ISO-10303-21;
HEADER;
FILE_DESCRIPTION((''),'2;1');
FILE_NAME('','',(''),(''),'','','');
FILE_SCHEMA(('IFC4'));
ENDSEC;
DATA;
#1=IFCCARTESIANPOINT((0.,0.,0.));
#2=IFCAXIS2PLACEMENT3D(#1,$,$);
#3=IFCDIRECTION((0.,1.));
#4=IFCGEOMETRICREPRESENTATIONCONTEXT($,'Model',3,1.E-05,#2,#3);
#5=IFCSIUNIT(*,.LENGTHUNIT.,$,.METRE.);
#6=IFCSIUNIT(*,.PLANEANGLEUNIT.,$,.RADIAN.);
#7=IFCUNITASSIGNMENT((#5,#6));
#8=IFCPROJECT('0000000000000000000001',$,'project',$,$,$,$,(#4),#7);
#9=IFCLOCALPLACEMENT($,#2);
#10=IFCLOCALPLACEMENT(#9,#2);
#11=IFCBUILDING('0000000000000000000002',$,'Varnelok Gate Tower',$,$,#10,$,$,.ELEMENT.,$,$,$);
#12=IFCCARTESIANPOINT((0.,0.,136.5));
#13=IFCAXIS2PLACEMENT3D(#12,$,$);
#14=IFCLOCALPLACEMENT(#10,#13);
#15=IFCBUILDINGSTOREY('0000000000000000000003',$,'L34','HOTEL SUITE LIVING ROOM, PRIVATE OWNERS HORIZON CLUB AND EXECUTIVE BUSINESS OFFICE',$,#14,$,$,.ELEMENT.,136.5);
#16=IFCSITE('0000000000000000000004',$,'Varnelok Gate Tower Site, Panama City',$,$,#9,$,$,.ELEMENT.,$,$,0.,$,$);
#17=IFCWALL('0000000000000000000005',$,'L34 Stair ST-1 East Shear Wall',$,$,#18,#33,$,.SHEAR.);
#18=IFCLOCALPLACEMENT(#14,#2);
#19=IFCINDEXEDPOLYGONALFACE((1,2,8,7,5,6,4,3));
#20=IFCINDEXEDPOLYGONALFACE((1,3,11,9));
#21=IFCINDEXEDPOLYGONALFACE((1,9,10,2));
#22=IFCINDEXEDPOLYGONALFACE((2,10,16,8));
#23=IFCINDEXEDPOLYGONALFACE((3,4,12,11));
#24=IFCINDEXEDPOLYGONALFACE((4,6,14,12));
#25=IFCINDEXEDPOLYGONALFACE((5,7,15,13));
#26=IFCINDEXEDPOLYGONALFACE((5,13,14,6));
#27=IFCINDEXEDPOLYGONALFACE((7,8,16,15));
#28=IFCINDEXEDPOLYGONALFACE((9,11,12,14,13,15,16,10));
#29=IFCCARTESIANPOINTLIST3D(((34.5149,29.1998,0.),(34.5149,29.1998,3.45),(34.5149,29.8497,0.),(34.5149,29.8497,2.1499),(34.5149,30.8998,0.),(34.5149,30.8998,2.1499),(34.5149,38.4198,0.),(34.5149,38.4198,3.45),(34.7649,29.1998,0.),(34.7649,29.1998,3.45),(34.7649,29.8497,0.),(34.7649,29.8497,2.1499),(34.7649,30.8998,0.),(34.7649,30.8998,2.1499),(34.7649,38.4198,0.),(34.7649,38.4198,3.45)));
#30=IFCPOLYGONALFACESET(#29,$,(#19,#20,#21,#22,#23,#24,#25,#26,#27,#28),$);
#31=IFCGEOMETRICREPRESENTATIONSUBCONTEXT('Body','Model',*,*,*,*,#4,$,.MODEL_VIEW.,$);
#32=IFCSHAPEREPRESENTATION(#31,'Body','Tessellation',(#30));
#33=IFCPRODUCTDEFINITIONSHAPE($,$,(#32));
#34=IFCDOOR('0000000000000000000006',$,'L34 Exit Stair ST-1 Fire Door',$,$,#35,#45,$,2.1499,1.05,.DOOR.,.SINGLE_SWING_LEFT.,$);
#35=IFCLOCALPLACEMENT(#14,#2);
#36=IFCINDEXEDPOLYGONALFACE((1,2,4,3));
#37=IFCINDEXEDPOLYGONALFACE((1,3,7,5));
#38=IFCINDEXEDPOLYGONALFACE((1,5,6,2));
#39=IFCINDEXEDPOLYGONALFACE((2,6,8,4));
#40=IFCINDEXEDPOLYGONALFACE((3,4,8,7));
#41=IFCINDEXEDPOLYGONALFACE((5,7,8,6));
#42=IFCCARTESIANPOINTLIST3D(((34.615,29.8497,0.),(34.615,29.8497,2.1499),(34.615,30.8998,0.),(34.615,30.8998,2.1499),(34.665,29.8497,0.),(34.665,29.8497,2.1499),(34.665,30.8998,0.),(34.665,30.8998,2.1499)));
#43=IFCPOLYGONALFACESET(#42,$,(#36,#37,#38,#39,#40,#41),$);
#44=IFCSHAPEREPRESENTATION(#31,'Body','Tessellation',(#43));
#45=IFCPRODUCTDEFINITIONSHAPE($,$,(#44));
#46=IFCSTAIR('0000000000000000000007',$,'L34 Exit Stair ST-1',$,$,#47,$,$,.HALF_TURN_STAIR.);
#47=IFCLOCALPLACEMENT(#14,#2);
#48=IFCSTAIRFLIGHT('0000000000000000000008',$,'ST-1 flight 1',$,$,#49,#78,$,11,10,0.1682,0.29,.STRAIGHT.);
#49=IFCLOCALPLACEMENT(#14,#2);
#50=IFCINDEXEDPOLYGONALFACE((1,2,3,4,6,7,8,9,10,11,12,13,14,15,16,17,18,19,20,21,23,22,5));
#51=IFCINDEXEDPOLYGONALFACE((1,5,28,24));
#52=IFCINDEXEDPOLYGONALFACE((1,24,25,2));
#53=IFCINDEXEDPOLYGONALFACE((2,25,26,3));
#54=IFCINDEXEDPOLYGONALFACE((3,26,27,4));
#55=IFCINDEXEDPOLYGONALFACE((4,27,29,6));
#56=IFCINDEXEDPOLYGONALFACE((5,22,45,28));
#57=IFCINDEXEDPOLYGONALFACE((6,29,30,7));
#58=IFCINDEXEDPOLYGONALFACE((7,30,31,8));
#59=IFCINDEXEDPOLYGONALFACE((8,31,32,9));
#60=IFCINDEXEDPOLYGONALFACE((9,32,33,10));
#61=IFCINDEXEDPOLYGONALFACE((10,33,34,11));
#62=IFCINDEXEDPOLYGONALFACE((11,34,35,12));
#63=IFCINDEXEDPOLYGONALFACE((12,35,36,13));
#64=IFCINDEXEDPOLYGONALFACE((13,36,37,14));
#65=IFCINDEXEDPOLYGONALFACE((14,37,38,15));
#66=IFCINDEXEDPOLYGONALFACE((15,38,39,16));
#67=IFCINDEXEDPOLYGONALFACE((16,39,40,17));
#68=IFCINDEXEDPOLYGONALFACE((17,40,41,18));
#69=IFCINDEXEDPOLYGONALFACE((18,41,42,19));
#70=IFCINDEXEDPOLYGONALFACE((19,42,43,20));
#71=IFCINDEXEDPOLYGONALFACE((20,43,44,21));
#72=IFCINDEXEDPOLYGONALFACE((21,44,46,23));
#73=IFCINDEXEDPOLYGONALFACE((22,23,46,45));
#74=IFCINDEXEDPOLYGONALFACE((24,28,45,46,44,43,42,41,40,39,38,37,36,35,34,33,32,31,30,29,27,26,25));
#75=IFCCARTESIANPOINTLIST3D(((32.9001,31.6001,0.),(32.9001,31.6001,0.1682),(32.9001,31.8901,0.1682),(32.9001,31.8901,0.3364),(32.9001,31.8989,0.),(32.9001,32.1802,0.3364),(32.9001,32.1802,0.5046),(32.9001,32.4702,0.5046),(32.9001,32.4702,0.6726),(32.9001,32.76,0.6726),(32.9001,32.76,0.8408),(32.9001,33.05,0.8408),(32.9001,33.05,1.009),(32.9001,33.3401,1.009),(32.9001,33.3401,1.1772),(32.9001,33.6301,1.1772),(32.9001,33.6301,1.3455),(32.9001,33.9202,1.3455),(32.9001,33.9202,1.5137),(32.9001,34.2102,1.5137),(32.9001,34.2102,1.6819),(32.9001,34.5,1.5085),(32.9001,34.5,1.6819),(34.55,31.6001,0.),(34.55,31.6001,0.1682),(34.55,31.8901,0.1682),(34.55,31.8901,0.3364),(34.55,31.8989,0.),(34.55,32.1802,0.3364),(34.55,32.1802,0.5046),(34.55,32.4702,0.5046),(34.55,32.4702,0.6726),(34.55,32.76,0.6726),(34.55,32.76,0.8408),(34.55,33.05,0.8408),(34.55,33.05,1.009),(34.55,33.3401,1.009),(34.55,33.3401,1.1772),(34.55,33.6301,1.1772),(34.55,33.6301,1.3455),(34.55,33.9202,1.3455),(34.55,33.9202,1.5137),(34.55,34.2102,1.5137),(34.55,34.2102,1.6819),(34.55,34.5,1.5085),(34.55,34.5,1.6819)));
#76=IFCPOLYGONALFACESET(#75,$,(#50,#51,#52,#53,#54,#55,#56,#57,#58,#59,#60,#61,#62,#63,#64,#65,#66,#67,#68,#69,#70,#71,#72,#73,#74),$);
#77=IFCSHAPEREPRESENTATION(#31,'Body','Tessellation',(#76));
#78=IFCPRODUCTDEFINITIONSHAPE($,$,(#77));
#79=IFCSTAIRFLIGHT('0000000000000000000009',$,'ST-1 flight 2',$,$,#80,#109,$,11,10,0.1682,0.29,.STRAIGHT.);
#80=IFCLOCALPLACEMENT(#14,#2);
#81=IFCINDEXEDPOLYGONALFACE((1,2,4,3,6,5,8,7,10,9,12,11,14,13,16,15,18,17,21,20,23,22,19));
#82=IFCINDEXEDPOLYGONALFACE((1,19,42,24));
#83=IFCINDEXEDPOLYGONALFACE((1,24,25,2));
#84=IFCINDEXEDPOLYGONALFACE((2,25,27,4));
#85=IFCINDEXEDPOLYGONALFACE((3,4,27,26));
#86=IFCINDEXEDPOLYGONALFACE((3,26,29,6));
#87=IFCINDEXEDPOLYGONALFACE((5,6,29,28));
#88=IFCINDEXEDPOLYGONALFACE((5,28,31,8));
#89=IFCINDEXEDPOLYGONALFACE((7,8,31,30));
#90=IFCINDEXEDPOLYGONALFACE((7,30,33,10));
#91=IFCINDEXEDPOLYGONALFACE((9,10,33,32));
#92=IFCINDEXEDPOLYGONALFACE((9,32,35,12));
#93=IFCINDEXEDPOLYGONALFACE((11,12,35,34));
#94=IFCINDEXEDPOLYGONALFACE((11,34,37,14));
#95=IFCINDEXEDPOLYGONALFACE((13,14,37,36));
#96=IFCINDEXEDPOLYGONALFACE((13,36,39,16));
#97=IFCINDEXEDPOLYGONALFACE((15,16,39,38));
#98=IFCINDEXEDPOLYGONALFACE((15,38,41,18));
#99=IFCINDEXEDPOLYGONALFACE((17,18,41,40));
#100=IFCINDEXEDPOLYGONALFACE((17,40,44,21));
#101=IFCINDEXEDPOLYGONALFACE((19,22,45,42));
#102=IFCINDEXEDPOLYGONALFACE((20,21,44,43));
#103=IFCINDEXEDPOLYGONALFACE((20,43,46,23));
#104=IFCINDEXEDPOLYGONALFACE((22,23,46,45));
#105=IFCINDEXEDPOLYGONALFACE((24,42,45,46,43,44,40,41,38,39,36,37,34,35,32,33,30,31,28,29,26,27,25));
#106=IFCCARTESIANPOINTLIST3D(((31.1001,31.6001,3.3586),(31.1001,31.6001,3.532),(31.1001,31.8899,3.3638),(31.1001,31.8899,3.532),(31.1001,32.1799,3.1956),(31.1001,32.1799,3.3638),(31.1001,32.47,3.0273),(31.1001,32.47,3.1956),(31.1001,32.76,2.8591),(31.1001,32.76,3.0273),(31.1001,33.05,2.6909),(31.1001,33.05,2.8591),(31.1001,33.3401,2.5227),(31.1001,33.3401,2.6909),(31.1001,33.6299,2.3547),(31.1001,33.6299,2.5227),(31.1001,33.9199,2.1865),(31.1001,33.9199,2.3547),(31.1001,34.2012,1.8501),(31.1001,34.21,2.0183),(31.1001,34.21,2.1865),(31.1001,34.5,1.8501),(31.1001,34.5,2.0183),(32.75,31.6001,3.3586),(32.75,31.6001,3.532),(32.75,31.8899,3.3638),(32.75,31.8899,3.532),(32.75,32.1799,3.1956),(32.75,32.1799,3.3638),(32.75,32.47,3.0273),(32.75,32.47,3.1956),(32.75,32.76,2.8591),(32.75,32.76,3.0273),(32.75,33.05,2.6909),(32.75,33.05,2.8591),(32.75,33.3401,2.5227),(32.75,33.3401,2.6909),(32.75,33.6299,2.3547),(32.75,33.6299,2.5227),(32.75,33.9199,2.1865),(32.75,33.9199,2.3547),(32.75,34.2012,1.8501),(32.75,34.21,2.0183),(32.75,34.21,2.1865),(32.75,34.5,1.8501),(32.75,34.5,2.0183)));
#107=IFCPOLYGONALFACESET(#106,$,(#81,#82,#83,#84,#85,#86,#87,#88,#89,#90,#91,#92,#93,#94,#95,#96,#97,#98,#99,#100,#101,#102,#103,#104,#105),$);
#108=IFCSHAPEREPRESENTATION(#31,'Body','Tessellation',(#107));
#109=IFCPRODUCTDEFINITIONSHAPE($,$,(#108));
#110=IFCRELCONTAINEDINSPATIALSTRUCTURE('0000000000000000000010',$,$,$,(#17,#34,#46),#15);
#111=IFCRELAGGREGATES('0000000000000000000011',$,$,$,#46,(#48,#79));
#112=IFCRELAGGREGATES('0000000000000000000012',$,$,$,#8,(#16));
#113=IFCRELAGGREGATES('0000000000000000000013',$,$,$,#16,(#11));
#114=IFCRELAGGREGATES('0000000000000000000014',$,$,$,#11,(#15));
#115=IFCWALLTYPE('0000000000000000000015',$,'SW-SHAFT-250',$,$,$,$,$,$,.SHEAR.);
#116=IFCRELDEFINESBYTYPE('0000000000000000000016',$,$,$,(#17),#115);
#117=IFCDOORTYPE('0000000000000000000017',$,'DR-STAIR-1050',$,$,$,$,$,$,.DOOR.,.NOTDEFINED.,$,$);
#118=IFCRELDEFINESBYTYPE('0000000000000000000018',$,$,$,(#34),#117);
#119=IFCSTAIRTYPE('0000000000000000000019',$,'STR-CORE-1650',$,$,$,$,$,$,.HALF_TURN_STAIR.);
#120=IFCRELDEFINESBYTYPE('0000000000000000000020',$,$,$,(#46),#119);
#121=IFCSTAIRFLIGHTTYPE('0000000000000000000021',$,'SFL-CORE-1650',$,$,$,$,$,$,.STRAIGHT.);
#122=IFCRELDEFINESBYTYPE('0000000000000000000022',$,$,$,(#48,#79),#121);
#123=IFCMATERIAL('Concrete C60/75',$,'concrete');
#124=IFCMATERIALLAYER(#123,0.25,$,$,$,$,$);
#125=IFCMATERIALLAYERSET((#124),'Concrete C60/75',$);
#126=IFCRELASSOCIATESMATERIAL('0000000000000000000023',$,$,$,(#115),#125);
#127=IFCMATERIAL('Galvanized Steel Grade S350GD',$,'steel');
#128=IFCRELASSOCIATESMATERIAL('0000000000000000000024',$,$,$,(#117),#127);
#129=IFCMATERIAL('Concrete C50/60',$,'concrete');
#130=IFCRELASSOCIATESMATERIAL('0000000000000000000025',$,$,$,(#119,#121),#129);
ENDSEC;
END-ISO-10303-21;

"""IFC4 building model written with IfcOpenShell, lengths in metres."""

from ifc_helpers import new_model, si_unit, direction, frame, frame_2d, origin, place, context, subcontext, project, spatial, polyline, rectangle, outline, extrude, material, layer, layer_set, type_object, element, fill, aggregate, save


model = new_model("IFC4")

# Units and contexts
model_context = context("Model", 3, precision=1e-05, world=origin(), true_north=direction((0.0, 1.0)))
body_context = subcontext(model_context, "Body", "Model", "MODEL_VIEW")
ifc_project = project(units=[si_unit("LENGTHUNIT", "METRE"), si_unit("PLANEANGLEUNIT", "RADIAN")], contexts=[model_context])

# Site, building, storey
site_placement = place(None, origin())
site = spatial("IfcSite", under=ifc_project, at=site_placement, Name="Varnelok Gate Tower Site, Panama City", CompositionType="ELEMENT", RefElevation=0.0)
building_placement = place(site_placement, origin())
building = spatial("IfcBuilding", under=site, at=building_placement, Name="Varnelok Gate Tower", CompositionType="ELEMENT")
storey_placement = place(building_placement, frame((0.0, 0.0, 136.5)))
storey = spatial("IfcBuildingStorey", under=building, at=storey_placement, Name="L34", Description="HOTEL SUITE LIVING ROOM, PRIVATE OWNERS HORIZON CLUB AND EXECUTIVE BUSINESS OFFICE", CompositionType="ELEMENT", Elevation=136.5)

# Shared definitions
ifc_material_1 = material(Name="Concrete C60/75", Category="concrete")

# Shared definitions
ifc_material_2 = material(Name="Galvanized Steel Grade S350GD", Category="steel")

# Wall, opening, door
ifc_layer_1 = layer(ifc_material_1, 0.25)
ifc_layer_set_1 = layer_set([ifc_layer_1], Name="Concrete C60/75")
wall_type_1 = type_object("IfcWallType", Name="SW-SHAFT-250", PredefinedType="SHEAR", material=ifc_layer_set_1)
wall_1_placement = place(storey_placement, frame((34.6399, 29.2, 0.0), z_axis=(0.0, 0.0, 1.0), x_axis=(0.0, 1.0, 0.0)))
wall_1 = element("IfcWall", 1, at=wall_1_placement, inside=storey, type_object=wall_type_1, Name="L34 Stair ST-1 East Shear Wall", PredefinedType="SHEAR", context=body_context, shape_type="SweptSolid", body=[
    extrude(rectangle(XDim=9.22, YDim=0.25, at=frame_2d((4.6099, 0.0))), origin(), (0.0, 0.0, 1.0), 3.45),
])
opening_1_placement = place(wall_1_placement, frame((0.6499, 0.0, 0.0)))
opening_1 = element("IfcOpeningElement", 2, at=opening_1_placement, cuts=wall_1, PredefinedType="OPENING", context=body_context, shape_type="SweptSolid", body=[
    extrude(rectangle(XDim=1.05, YDim=2.1499, at=frame_2d((0.5249, 1.075))), frame((0.0, 0.135, 0.0), z_axis=(0.0, -1.0, 0.0), x_axis=(1.0, 0.0, 0.0)), (0.0, 0.0, 1.0), 0.27),
])
door_type_1 = type_object("IfcDoorType", Name="DR-STAIR-1050", OperationType="NOTDEFINED", PredefinedType="DOOR", material=ifc_material_2)
door_1_placement = place(opening_1_placement, origin())
door_1 = element("IfcDoor", 3, at=door_1_placement, inside=storey, type_object=door_type_1, Name="L34 Exit Stair ST-1 Fire Door", OperationType="SINGLE_SWING_LEFT", OverallHeight=2.1499, OverallWidth=1.05, PredefinedType="DOOR", context=body_context, shape_type="SweptSolid", body=[
    extrude(rectangle(XDim=1.05, YDim=2.1499, at=frame_2d((0.5249, 1.075))), frame((0.0, 0.0249, 0.0), z_axis=(0.0, -1.0, 0.0), x_axis=(1.0, 0.0, 0.0)), (0.0, 0.0, 1.0), 0.05),
])
fill(opening_1, door_1)

# Stair, stair flights
ifc_material_3 = material(Name="Concrete C50/60", Category="concrete")
stair_type = type_object("IfcStairType", Name="STR-CORE-1650", PredefinedType="HALF_TURN_STAIR", material=ifc_material_3)
stair_placement = place(storey_placement, origin())
stair = element("IfcStair", 4, at=stair_placement, inside=storey, type_object=stair_type, Name="L34 Exit Stair ST-1", PredefinedType="HALF_TURN_STAIR")
stair_flight_type = type_object("IfcStairFlightType", Name="SFL-CORE-1650", PredefinedType="STRAIGHT", material=ifc_material_3)
stair_flight_1_placement = place(storey_placement, frame((33.7251, 31.6001, 0.0), z_axis=(0.0, 0.0, 1.0), x_axis=(0.0, 1.0, 0.0)))
stair_flight_1 = element("IfcStairFlight", 5, at=stair_flight_1_placement, type_object=stair_flight_type, Name="ST-1 flight 1", NumberOfRisers=11, NumberOfTreads=10, PredefinedType="STRAIGHT", RiserHeight=0.1682, TreadLength=0.29, context=body_context, shape_type="SweptSolid", body=[
    extrude(outline(polyline([(0.0, 0.0), (0.0, 0.1682), (0.29, 0.1682), (0.29, 0.3364), (0.5801, 0.3364), (0.5801, 0.5046), (0.8701, 0.5046), (0.8701, 0.6726), (1.1599, 0.6726), (1.1599, 0.8408), (1.45, 0.8408), (1.45, 1.009), (1.74, 1.009), (1.74, 1.1772), (2.03, 1.1772), (2.03, 1.3455), (2.3201, 1.3455), (2.3201, 1.5137), (2.6101, 1.5137), (2.6101, 1.6819), (2.8999, 1.6819), (2.8999, 1.8501), (2.8999, 1.5085), (0.2988, 0.0), (0.0, 0.0)])), frame((0.0, 0.825, 0.0), z_axis=(0.0, -1.0, 0.0), x_axis=(1.0, 0.0, 0.0)), (0.0, 0.0, 1.0), 1.6499),
])
stair_flight_2_placement = place(storey_placement, frame((31.925, 34.5, 1.8501), z_axis=(0.0, 0.0, 1.0), x_axis=(0.0, -1.0, 0.0)))
stair_flight_2 = element("IfcStairFlight", 6, at=stair_flight_2_placement, type_object=stair_flight_type, Name="ST-1 flight 2", NumberOfRisers=11, NumberOfTreads=10, PredefinedType="STRAIGHT", RiserHeight=0.1682, TreadLength=0.29, context=body_context, shape_type="SweptSolid", body=[
    extrude(outline(polyline([(0.0, 0.0), (0.0, 0.1682), (0.29, 0.1682), (0.29, 0.3364), (0.5801, 0.3364), (0.5801, 0.5046), (0.8701, 0.5046), (0.8701, 0.6726), (1.1599, 0.6726), (1.1599, 0.8408), (1.45, 0.8408), (1.45, 1.009), (1.74, 1.009), (1.74, 1.1772), (2.03, 1.1772), (2.03, 1.3455), (2.3201, 1.3455), (2.3201, 1.5137), (2.6101, 1.5137), (2.6101, 1.6819), (2.8999, 1.6819), (2.8999, 1.8501), (2.8999, 1.5085), (0.2988, 0.0), (0.0, 0.0)])), frame((0.0, 0.825, 0.0), z_axis=(0.0, -1.0, 0.0), x_axis=(1.0, 0.0, 0.0)), (0.0, 0.0, 1.0), 1.6499),
])
aggregate(stair, [stair_flight_1, stair_flight_2])

save(model, "model.ifc")
